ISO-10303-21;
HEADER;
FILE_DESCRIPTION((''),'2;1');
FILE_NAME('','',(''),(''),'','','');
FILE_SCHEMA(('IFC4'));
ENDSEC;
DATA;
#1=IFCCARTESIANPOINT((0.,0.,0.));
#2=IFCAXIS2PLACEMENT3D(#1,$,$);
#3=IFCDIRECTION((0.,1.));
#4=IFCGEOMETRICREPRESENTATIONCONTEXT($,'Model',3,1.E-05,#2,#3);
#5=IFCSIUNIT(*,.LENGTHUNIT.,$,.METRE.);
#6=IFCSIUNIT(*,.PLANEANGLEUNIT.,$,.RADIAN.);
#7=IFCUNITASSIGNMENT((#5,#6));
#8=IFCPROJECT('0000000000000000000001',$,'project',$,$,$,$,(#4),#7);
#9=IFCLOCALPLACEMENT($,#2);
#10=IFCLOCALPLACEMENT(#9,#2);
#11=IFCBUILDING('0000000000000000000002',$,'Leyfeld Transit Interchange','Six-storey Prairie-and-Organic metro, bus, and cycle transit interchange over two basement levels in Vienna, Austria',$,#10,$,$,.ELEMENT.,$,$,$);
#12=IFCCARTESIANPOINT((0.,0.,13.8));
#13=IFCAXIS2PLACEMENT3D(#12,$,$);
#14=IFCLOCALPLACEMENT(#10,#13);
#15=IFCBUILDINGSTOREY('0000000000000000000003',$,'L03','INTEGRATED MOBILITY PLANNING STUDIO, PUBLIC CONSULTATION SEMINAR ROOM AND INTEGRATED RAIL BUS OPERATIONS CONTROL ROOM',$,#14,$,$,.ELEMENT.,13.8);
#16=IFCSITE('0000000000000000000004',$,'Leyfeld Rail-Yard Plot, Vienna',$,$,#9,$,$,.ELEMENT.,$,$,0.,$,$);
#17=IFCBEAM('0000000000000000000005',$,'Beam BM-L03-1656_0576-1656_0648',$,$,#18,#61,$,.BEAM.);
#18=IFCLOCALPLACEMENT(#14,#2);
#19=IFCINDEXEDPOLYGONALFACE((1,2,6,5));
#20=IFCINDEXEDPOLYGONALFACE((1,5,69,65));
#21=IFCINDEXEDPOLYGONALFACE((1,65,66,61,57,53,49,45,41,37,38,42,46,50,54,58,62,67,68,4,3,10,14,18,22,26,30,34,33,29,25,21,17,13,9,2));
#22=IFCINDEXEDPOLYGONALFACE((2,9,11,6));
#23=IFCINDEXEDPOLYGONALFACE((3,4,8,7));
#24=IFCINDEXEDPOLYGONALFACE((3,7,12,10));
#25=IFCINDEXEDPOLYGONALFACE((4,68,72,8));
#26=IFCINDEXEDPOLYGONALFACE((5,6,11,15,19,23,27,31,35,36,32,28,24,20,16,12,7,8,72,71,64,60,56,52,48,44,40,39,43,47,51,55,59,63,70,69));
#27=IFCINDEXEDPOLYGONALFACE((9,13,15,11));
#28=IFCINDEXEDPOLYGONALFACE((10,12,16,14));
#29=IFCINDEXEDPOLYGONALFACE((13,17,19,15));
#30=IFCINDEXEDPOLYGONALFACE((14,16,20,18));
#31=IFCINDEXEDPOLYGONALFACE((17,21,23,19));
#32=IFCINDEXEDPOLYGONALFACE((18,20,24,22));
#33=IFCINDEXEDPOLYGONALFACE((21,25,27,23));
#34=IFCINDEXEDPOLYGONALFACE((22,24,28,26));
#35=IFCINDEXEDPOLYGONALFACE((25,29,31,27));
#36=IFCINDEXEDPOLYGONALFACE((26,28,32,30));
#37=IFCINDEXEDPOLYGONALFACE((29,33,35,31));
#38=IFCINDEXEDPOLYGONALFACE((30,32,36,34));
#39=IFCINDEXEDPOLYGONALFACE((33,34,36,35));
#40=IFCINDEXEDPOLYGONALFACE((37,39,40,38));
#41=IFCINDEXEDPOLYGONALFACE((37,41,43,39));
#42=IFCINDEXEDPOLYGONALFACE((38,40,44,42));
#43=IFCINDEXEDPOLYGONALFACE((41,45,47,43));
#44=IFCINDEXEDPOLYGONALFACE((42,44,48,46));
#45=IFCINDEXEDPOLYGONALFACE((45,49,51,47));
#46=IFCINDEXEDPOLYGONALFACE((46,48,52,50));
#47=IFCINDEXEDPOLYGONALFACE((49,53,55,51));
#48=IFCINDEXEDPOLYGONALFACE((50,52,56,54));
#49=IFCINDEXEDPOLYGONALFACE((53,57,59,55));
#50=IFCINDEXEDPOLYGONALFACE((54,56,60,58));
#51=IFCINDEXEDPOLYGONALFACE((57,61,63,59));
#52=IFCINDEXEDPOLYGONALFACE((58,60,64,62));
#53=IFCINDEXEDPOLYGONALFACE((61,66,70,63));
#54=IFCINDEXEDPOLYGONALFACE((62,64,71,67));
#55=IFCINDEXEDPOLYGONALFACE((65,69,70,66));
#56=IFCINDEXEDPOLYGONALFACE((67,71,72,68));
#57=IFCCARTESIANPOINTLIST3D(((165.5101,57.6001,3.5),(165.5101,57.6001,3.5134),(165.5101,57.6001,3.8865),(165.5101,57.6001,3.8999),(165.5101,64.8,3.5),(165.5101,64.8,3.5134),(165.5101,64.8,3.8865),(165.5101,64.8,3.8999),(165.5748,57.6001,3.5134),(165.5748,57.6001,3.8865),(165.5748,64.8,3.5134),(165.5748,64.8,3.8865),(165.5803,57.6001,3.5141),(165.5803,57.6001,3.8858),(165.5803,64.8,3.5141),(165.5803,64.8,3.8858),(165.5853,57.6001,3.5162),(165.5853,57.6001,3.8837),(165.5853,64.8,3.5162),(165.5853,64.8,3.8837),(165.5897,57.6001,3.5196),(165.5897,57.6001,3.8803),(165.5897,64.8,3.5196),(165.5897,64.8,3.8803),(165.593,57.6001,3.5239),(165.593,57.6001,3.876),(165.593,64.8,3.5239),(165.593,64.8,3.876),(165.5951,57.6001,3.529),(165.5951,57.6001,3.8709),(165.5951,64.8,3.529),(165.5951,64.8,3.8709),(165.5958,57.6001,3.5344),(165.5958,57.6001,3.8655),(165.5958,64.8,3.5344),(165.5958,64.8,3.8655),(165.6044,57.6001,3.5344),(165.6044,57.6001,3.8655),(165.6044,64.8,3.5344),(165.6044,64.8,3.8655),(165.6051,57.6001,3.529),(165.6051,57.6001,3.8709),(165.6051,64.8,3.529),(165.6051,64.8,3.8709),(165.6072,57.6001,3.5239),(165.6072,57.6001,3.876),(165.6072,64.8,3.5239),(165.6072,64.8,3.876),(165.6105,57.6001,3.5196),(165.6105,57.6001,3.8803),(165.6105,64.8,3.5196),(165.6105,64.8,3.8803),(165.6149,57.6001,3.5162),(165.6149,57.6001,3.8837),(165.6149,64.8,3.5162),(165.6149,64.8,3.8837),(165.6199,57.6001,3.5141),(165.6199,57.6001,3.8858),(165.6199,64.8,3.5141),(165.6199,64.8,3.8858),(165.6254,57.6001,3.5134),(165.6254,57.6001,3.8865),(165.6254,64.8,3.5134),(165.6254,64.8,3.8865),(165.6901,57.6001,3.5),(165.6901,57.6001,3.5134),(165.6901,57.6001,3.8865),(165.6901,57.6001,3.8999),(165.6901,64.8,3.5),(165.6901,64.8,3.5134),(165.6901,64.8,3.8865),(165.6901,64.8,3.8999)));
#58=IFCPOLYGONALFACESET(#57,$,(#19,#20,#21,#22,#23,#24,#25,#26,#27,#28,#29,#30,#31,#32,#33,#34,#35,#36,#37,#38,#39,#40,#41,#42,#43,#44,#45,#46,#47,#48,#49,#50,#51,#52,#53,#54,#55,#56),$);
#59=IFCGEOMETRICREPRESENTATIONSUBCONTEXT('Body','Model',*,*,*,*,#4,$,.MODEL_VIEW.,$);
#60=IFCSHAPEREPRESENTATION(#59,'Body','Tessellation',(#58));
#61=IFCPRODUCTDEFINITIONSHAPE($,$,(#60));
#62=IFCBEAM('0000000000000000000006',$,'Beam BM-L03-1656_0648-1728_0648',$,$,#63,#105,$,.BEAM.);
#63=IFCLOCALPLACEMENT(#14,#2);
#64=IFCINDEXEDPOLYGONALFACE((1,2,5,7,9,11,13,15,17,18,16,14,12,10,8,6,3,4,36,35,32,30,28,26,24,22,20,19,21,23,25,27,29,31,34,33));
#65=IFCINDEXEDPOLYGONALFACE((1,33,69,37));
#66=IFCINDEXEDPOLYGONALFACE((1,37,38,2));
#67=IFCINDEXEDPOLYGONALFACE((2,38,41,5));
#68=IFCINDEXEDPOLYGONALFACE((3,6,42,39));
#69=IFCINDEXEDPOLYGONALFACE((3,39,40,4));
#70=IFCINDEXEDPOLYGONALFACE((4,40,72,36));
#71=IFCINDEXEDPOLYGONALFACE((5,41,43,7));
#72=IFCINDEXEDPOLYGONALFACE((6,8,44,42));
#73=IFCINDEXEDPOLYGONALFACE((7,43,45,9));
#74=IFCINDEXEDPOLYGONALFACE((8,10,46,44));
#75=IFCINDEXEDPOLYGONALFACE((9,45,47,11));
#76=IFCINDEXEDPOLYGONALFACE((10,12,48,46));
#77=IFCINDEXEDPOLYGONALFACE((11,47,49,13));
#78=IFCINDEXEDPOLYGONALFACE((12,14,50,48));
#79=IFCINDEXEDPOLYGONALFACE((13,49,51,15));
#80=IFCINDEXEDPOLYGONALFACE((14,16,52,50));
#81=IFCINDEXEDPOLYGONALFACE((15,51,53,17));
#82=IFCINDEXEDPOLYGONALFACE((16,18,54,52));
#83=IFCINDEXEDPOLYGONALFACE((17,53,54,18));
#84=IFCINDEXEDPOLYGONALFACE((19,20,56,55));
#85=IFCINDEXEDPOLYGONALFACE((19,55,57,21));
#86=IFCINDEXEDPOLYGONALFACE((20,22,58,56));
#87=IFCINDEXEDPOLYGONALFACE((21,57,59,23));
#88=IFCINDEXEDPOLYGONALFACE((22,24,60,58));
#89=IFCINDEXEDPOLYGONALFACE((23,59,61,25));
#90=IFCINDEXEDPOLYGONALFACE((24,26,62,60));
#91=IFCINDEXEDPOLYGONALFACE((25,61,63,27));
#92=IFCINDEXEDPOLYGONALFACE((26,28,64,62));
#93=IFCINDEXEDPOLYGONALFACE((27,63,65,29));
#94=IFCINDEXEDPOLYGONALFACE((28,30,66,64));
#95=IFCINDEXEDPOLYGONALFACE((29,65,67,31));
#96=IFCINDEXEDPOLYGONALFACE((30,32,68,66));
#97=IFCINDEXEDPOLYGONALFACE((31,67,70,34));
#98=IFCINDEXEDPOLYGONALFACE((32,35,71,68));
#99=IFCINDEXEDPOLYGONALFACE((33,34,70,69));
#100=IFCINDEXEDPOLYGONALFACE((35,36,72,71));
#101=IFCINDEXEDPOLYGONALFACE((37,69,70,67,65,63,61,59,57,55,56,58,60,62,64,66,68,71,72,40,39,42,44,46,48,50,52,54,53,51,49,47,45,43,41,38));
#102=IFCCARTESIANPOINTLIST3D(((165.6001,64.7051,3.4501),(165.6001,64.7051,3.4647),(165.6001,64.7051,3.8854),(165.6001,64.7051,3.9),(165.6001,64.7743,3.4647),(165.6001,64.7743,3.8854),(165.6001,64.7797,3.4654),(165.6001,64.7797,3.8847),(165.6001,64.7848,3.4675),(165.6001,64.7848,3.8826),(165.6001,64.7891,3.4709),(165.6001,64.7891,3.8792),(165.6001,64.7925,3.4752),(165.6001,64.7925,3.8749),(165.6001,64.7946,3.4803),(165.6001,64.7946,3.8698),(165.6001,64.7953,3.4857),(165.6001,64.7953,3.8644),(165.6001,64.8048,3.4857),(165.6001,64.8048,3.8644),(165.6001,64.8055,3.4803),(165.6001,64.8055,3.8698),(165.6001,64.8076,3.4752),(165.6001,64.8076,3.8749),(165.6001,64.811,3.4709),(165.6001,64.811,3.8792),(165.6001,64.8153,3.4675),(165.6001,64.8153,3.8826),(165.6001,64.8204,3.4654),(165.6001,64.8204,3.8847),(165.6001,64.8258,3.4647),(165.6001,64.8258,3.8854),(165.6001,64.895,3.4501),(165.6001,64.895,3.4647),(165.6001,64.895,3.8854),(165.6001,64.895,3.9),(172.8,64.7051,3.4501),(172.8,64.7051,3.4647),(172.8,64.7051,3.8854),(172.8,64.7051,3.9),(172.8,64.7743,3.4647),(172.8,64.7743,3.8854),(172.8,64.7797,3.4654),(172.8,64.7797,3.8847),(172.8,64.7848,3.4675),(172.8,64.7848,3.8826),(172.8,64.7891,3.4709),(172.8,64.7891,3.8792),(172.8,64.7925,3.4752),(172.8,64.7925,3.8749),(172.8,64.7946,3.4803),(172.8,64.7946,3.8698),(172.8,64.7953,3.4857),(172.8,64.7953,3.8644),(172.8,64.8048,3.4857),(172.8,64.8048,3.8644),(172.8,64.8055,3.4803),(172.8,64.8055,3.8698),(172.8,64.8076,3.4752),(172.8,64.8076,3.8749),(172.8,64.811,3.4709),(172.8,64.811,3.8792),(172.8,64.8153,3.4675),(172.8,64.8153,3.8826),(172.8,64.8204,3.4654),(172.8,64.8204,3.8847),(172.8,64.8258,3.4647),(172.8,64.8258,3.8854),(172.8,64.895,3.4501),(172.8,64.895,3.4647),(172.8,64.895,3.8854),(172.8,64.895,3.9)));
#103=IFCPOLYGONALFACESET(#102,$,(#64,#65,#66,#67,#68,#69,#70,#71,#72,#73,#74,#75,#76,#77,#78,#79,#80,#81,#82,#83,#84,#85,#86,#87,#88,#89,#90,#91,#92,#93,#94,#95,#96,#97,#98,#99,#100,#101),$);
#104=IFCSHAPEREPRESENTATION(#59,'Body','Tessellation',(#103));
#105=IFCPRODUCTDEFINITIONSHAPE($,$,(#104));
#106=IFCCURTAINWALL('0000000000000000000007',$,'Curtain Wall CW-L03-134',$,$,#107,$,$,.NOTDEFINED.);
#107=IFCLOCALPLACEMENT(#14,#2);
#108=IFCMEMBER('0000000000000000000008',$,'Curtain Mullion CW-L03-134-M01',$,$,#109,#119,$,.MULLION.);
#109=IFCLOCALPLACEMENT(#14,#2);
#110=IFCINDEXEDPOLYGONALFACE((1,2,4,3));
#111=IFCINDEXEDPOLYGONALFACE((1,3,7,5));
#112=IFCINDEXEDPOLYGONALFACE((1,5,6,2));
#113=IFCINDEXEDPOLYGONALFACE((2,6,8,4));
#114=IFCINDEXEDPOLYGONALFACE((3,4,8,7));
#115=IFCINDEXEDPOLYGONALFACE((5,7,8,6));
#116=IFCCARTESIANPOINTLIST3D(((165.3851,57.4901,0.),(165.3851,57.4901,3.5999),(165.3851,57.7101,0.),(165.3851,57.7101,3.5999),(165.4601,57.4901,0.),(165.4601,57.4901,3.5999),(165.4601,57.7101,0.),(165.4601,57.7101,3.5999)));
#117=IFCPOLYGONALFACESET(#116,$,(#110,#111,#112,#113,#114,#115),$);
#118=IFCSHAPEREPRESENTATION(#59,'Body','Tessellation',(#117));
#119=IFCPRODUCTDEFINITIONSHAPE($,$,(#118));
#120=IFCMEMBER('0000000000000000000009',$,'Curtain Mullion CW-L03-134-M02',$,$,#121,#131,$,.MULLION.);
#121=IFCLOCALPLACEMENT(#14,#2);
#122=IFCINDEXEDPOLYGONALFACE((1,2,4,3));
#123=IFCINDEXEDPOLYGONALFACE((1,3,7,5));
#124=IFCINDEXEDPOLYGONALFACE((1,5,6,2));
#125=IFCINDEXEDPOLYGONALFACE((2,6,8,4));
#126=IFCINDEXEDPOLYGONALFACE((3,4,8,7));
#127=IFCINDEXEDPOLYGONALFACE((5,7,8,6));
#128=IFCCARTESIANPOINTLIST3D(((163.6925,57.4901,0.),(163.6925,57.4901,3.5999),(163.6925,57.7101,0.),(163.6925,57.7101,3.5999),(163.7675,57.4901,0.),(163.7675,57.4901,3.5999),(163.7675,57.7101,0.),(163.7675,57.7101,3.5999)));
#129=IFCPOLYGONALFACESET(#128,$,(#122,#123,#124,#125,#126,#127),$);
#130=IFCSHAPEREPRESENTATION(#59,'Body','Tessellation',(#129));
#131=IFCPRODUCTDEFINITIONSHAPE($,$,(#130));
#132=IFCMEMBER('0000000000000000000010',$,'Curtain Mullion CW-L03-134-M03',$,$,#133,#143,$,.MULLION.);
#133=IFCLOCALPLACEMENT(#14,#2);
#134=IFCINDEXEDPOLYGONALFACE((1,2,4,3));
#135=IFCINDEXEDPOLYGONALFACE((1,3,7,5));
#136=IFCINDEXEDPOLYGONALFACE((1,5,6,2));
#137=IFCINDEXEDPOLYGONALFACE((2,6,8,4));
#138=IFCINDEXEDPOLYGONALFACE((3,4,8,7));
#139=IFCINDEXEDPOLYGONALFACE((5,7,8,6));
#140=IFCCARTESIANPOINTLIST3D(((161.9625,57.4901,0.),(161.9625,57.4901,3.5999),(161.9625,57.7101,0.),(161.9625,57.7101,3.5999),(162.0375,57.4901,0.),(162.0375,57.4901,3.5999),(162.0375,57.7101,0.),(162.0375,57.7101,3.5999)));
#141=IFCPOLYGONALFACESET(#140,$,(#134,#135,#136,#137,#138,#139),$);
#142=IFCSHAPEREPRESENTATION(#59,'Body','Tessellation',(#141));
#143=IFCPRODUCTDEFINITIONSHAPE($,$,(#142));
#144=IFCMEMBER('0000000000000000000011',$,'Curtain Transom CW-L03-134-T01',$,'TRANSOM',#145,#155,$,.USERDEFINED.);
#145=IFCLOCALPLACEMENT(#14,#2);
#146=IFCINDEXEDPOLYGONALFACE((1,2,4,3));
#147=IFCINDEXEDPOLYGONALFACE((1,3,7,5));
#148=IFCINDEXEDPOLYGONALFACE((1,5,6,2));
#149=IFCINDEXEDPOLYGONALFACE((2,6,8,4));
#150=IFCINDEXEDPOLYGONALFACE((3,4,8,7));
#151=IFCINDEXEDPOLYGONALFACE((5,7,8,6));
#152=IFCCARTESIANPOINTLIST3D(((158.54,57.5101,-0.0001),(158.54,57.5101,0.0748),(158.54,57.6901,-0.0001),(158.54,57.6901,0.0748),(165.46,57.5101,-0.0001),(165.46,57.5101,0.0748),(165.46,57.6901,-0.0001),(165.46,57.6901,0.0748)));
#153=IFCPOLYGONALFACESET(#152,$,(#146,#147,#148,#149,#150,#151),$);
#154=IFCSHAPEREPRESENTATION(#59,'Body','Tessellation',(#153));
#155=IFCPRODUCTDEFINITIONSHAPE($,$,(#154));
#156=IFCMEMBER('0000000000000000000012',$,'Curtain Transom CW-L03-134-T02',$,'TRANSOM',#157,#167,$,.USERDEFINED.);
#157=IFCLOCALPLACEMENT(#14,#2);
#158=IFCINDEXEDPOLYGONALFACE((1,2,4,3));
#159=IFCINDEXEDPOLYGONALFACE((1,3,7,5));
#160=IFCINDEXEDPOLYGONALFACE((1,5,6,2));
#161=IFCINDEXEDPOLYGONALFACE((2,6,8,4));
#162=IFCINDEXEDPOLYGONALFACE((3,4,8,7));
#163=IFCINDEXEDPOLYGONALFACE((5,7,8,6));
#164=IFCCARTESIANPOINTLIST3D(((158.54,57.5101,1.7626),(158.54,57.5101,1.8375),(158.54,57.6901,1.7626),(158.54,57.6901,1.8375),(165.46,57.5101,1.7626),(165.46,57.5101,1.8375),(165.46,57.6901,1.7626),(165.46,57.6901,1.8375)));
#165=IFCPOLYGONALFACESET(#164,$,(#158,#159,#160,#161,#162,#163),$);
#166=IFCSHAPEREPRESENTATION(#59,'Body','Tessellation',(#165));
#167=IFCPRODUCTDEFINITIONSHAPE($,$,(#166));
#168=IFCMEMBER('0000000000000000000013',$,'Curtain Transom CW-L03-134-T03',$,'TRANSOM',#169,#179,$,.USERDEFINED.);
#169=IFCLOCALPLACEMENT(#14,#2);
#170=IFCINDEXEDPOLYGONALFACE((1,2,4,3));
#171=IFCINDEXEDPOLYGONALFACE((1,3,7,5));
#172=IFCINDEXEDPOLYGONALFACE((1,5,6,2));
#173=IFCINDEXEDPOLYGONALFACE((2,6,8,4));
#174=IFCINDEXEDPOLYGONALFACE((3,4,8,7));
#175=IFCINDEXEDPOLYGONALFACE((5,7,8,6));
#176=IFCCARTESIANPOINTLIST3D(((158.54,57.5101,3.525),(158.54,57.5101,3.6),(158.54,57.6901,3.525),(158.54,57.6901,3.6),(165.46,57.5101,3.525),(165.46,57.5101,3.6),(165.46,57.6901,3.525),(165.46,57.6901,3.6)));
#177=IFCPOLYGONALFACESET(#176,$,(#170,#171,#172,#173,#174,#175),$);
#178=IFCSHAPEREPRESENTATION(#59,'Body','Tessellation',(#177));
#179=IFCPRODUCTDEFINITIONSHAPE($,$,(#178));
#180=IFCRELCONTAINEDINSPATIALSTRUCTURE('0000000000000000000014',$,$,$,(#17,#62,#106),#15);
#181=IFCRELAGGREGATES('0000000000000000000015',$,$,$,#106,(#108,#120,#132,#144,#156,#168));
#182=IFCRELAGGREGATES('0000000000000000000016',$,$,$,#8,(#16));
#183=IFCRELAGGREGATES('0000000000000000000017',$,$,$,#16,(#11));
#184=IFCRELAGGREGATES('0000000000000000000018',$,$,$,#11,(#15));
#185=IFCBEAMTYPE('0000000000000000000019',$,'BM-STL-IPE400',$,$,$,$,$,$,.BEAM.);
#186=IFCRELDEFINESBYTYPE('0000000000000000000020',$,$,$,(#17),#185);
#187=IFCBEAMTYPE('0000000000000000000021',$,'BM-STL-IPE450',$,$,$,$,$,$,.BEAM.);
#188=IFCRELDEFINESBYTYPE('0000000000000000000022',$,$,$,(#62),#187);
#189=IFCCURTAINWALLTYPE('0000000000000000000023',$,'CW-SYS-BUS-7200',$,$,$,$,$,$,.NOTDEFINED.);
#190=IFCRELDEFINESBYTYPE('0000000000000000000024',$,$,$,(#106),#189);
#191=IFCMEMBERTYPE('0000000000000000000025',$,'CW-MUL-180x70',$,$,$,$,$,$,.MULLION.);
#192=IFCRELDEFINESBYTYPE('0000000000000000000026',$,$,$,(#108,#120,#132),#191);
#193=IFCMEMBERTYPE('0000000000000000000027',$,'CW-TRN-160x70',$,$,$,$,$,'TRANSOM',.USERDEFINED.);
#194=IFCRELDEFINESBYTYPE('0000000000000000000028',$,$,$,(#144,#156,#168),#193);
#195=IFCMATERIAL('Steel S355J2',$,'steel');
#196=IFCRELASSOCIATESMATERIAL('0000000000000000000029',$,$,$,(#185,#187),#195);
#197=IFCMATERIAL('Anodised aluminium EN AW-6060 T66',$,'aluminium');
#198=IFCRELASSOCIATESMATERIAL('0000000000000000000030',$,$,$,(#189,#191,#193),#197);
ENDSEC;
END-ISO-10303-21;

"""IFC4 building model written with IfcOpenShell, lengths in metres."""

from ifc_helpers import new_model, si_unit, direction, frame, origin, origin_2d, place, context, subcontext, project, spatial, rectangle, i_section, extrude, material, material_profile, profile_set, type_object, element, aggregate, save


model = new_model("IFC4")

# Units and contexts
model_context = context("Model", 3, precision=1e-05, world=origin(), true_north=direction((0.0, 1.0)))
body_context = subcontext(model_context, "Body", "Model", "MODEL_VIEW")
ifc_project = project(units=[si_unit("LENGTHUNIT", "METRE"), si_unit("PLANEANGLEUNIT", "RADIAN")], contexts=[model_context])

# Site, building, storey
site_placement = place(None, origin())
site = spatial("IfcSite", under=ifc_project, at=site_placement, Name="Leyfeld Rail-Yard Plot, Vienna", CompositionType="ELEMENT", RefElevation=0.0)
building_placement = place(site_placement, origin())
building = spatial("IfcBuilding", under=site, at=building_placement, Name="Leyfeld Transit Interchange", Description="Six-storey Prairie-and-Organic metro, bus, and cycle transit interchange over two basement levels in Vienna, Austria", CompositionType="ELEMENT")
storey_placement = place(building_placement, frame((0.0, 0.0, 13.8)))
storey = spatial("IfcBuildingStorey", under=building, at=storey_placement, Name="L03", Description="INTEGRATED MOBILITY PLANNING STUDIO, PUBLIC CONSULTATION SEMINAR ROOM AND INTEGRATED RAIL BUS OPERATIONS CONTROL ROOM", CompositionType="ELEMENT", Elevation=13.8)

# Shared definitions
ifc_material_1 = material(Name="Steel S355J2", Category="steel")

# Beams
ifc_material_profile_1 = material_profile(ifc_material_1, i_section(OverallWidth=0.1799, OverallDepth=0.3999, WebThickness=0.0085, FlangeThickness=0.0134, FilletRadius=0.021, at=origin_2d()), Name="IPE 400")
ifc_profile_set_1 = profile_set([ifc_material_profile_1], Name="Steel S355J2")
beam_type_1 = type_object("IfcBeamType", Name="BM-STL-IPE400", PredefinedType="BEAM", material=ifc_profile_set_1)
for number, where, z_axis, x_axis, name in (
    (1, (165.6001, 57.6001, 3.7), (0.0, 1.0, 0.0), (-1.0, 0.0, 0.0), "Beam BM-L03-1656_0576-1656_0648"),
):
    element("IfcBeam", number, at=place(storey_placement, frame(where, z_axis=z_axis, x_axis=x_axis)), inside=storey, type_object=beam_type_1, Name=name, PredefinedType="BEAM", context=body_context, shape_type="SweptSolid", body=[
        extrude(i_section(OverallWidth=0.1799, OverallDepth=0.3999, WebThickness=0.0085, FlangeThickness=0.0134, FilletRadius=0.021, at=origin_2d()), origin(), (0.0, 0.0, 1.0), 7.2),
    ])
ifc_material_profile_2 = material_profile(ifc_material_1, i_section(OverallWidth=0.1899, OverallDepth=0.45, WebThickness=0.0095, FlangeThickness=0.0146, FilletRadius=0.021, at=origin_2d()), Name="IPE 450")
ifc_profile_set_2 = profile_set([ifc_material_profile_2], Name="Steel S355J2")
beam_type_2 = type_object("IfcBeamType", Name="BM-STL-IPE450", PredefinedType="BEAM", material=ifc_profile_set_2)
beam_1_placement = place(storey_placement, frame((165.6001, 64.8, 3.675), z_axis=(1.0, 0.0, 0.0), x_axis=(0.0, 1.0, 0.0)))
element("IfcBeam", 2, at=beam_1_placement, inside=storey, type_object=beam_type_2, Name="Beam BM-L03-1656_0648-1728_0648", PredefinedType="BEAM", context=body_context, shape_type="SweptSolid", body=[
    extrude(i_section(OverallWidth=0.1899, OverallDepth=0.45, WebThickness=0.0095, FlangeThickness=0.0146, FilletRadius=0.021, at=origin_2d()), origin(), (0.0, 0.0, 1.0), 7.2),
])

# Curtain wall, members
ifc_material_2 = material(Name="Anodised aluminium EN AW-6060 T66", Category="aluminium")
curtain_wall_type = type_object("IfcCurtainWallType", Name="CW-SYS-BUS-7200", PredefinedType="NOTDEFINED", material=ifc_material_2)
curtain_wall_placement = place(storey_placement, origin())
curtain_wall = element("IfcCurtainWall", 3, at=curtain_wall_placement, inside=storey, type_object=curtain_wall_type, Name="Curtain Wall CW-L03-134", PredefinedType="NOTDEFINED")
ifc_material_profile_3 = material_profile(ifc_material_2, rectangle(XDim=0.075, YDim=0.22, at=origin_2d()), Name="CW-M 75x220")
ifc_profile_set_3 = profile_set([ifc_material_profile_3], Name="Anodised aluminium EN AW-6060 T66")
member_type_1 = type_object("IfcMemberType", Name="CW-MUL-180x70", PredefinedType="MULLION", material=ifc_profile_set_3)
member_1_placement = place(storey_placement, frame((165.4226, 57.6001, 0.0), z_axis=(0.0, 0.0, 1.0), x_axis=(-1.0, 0.0, 0.0)))
member_1 = element("IfcMember", 4, at=member_1_placement, type_object=member_type_1, Name="Curtain Mullion CW-L03-134-M01", PredefinedType="MULLION", context=body_context, shape_type="SweptSolid", body=[
    extrude(rectangle(XDim=0.075, YDim=0.22, at=origin_2d()), origin(), (0.0, 0.0, 1.0), 3.5999),
])
member_2_placement = place(storey_placement, frame((163.73, 57.6001, 0.0), z_axis=(0.0, 0.0, 1.0), x_axis=(-1.0, 0.0, 0.0)))
member_2 = element("IfcMember", 5, at=member_2_placement, type_object=member_type_1, Name="Curtain Mullion CW-L03-134-M02", PredefinedType="MULLION", context=body_context, shape_type="SweptSolid", body=[
    extrude(rectangle(XDim=0.075, YDim=0.22, at=origin_2d()), origin(), (0.0, 0.0, 1.0), 3.5999),
])
member_3_placement = place(storey_placement, frame((162.0, 57.6001, 0.0), z_axis=(0.0, 0.0, 1.0), x_axis=(-1.0, 0.0, 0.0)))
member_3 = element("IfcMember", 6, at=member_3_placement, type_object=member_type_1, Name="Curtain Mullion CW-L03-134-M03", PredefinedType="MULLION", context=body_context, shape_type="SweptSolid", body=[
    extrude(rectangle(XDim=0.075, YDim=0.22, at=origin_2d()), origin(), (0.0, 0.0, 1.0), 3.5999),
])
ifc_material_profile_4 = material_profile(ifc_material_2, rectangle(XDim=0.1799, YDim=0.075, at=origin_2d()), Name="CW-TRN-160x70")
ifc_profile_set_4 = profile_set([ifc_material_profile_4], Name="Anodised aluminium EN AW-6060 T66")
member_type_2 = type_object("IfcMemberType", Name="CW-TRN-160x70", ElementType="TRANSOM", PredefinedType="USERDEFINED", material=ifc_profile_set_4)
member_4_placement = place(storey_placement, frame((165.46, 57.6001, 0.0374), z_axis=(-1.0, 0.0, 0.0), x_axis=(0.0, -1.0, 0.0)))
member_4 = element("IfcMember", 7, at=member_4_placement, type_object=member_type_2, Name="Curtain Transom CW-L03-134-T01", ObjectType="TRANSOM", PredefinedType="USERDEFINED", context=body_context, shape_type="SweptSolid", body=[
    extrude(rectangle(XDim=0.1799, YDim=0.075, at=origin_2d()), origin(), (0.0, 0.0, 1.0), 6.9199),
])
member_5_placement = place(storey_placement, frame((165.46, 57.6001, 1.8), z_axis=(-1.0, 0.0, 0.0), x_axis=(0.0, -1.0, 0.0)))
member_5 = element("IfcMember", 8, at=member_5_placement, type_object=member_type_2, Name="Curtain Transom CW-L03-134-T02", ObjectType="TRANSOM", PredefinedType="USERDEFINED", context=body_context, shape_type="SweptSolid", body=[
    extrude(rectangle(XDim=0.1799, YDim=0.075, at=origin_2d()), origin(), (0.0, 0.0, 1.0), 6.9199),
])
member_6_placement = place(storey_placement, frame((165.46, 57.6001, 3.5625), z_axis=(-1.0, 0.0, 0.0), x_axis=(0.0, -1.0, 0.0)))
member_6 = element("IfcMember", 9, at=member_6_placement, type_object=member_type_2, Name="Curtain Transom CW-L03-134-T03", ObjectType="TRANSOM", PredefinedType="USERDEFINED", context=body_context, shape_type="SweptSolid", body=[
    extrude(rectangle(XDim=0.1799, YDim=0.075, at=origin_2d()), origin(), (0.0, 0.0, 1.0), 6.9199),
])
aggregate(curtain_wall, [member_1, member_2, member_3, member_4, member_5, member_6])

save(model, "model.ifc")
